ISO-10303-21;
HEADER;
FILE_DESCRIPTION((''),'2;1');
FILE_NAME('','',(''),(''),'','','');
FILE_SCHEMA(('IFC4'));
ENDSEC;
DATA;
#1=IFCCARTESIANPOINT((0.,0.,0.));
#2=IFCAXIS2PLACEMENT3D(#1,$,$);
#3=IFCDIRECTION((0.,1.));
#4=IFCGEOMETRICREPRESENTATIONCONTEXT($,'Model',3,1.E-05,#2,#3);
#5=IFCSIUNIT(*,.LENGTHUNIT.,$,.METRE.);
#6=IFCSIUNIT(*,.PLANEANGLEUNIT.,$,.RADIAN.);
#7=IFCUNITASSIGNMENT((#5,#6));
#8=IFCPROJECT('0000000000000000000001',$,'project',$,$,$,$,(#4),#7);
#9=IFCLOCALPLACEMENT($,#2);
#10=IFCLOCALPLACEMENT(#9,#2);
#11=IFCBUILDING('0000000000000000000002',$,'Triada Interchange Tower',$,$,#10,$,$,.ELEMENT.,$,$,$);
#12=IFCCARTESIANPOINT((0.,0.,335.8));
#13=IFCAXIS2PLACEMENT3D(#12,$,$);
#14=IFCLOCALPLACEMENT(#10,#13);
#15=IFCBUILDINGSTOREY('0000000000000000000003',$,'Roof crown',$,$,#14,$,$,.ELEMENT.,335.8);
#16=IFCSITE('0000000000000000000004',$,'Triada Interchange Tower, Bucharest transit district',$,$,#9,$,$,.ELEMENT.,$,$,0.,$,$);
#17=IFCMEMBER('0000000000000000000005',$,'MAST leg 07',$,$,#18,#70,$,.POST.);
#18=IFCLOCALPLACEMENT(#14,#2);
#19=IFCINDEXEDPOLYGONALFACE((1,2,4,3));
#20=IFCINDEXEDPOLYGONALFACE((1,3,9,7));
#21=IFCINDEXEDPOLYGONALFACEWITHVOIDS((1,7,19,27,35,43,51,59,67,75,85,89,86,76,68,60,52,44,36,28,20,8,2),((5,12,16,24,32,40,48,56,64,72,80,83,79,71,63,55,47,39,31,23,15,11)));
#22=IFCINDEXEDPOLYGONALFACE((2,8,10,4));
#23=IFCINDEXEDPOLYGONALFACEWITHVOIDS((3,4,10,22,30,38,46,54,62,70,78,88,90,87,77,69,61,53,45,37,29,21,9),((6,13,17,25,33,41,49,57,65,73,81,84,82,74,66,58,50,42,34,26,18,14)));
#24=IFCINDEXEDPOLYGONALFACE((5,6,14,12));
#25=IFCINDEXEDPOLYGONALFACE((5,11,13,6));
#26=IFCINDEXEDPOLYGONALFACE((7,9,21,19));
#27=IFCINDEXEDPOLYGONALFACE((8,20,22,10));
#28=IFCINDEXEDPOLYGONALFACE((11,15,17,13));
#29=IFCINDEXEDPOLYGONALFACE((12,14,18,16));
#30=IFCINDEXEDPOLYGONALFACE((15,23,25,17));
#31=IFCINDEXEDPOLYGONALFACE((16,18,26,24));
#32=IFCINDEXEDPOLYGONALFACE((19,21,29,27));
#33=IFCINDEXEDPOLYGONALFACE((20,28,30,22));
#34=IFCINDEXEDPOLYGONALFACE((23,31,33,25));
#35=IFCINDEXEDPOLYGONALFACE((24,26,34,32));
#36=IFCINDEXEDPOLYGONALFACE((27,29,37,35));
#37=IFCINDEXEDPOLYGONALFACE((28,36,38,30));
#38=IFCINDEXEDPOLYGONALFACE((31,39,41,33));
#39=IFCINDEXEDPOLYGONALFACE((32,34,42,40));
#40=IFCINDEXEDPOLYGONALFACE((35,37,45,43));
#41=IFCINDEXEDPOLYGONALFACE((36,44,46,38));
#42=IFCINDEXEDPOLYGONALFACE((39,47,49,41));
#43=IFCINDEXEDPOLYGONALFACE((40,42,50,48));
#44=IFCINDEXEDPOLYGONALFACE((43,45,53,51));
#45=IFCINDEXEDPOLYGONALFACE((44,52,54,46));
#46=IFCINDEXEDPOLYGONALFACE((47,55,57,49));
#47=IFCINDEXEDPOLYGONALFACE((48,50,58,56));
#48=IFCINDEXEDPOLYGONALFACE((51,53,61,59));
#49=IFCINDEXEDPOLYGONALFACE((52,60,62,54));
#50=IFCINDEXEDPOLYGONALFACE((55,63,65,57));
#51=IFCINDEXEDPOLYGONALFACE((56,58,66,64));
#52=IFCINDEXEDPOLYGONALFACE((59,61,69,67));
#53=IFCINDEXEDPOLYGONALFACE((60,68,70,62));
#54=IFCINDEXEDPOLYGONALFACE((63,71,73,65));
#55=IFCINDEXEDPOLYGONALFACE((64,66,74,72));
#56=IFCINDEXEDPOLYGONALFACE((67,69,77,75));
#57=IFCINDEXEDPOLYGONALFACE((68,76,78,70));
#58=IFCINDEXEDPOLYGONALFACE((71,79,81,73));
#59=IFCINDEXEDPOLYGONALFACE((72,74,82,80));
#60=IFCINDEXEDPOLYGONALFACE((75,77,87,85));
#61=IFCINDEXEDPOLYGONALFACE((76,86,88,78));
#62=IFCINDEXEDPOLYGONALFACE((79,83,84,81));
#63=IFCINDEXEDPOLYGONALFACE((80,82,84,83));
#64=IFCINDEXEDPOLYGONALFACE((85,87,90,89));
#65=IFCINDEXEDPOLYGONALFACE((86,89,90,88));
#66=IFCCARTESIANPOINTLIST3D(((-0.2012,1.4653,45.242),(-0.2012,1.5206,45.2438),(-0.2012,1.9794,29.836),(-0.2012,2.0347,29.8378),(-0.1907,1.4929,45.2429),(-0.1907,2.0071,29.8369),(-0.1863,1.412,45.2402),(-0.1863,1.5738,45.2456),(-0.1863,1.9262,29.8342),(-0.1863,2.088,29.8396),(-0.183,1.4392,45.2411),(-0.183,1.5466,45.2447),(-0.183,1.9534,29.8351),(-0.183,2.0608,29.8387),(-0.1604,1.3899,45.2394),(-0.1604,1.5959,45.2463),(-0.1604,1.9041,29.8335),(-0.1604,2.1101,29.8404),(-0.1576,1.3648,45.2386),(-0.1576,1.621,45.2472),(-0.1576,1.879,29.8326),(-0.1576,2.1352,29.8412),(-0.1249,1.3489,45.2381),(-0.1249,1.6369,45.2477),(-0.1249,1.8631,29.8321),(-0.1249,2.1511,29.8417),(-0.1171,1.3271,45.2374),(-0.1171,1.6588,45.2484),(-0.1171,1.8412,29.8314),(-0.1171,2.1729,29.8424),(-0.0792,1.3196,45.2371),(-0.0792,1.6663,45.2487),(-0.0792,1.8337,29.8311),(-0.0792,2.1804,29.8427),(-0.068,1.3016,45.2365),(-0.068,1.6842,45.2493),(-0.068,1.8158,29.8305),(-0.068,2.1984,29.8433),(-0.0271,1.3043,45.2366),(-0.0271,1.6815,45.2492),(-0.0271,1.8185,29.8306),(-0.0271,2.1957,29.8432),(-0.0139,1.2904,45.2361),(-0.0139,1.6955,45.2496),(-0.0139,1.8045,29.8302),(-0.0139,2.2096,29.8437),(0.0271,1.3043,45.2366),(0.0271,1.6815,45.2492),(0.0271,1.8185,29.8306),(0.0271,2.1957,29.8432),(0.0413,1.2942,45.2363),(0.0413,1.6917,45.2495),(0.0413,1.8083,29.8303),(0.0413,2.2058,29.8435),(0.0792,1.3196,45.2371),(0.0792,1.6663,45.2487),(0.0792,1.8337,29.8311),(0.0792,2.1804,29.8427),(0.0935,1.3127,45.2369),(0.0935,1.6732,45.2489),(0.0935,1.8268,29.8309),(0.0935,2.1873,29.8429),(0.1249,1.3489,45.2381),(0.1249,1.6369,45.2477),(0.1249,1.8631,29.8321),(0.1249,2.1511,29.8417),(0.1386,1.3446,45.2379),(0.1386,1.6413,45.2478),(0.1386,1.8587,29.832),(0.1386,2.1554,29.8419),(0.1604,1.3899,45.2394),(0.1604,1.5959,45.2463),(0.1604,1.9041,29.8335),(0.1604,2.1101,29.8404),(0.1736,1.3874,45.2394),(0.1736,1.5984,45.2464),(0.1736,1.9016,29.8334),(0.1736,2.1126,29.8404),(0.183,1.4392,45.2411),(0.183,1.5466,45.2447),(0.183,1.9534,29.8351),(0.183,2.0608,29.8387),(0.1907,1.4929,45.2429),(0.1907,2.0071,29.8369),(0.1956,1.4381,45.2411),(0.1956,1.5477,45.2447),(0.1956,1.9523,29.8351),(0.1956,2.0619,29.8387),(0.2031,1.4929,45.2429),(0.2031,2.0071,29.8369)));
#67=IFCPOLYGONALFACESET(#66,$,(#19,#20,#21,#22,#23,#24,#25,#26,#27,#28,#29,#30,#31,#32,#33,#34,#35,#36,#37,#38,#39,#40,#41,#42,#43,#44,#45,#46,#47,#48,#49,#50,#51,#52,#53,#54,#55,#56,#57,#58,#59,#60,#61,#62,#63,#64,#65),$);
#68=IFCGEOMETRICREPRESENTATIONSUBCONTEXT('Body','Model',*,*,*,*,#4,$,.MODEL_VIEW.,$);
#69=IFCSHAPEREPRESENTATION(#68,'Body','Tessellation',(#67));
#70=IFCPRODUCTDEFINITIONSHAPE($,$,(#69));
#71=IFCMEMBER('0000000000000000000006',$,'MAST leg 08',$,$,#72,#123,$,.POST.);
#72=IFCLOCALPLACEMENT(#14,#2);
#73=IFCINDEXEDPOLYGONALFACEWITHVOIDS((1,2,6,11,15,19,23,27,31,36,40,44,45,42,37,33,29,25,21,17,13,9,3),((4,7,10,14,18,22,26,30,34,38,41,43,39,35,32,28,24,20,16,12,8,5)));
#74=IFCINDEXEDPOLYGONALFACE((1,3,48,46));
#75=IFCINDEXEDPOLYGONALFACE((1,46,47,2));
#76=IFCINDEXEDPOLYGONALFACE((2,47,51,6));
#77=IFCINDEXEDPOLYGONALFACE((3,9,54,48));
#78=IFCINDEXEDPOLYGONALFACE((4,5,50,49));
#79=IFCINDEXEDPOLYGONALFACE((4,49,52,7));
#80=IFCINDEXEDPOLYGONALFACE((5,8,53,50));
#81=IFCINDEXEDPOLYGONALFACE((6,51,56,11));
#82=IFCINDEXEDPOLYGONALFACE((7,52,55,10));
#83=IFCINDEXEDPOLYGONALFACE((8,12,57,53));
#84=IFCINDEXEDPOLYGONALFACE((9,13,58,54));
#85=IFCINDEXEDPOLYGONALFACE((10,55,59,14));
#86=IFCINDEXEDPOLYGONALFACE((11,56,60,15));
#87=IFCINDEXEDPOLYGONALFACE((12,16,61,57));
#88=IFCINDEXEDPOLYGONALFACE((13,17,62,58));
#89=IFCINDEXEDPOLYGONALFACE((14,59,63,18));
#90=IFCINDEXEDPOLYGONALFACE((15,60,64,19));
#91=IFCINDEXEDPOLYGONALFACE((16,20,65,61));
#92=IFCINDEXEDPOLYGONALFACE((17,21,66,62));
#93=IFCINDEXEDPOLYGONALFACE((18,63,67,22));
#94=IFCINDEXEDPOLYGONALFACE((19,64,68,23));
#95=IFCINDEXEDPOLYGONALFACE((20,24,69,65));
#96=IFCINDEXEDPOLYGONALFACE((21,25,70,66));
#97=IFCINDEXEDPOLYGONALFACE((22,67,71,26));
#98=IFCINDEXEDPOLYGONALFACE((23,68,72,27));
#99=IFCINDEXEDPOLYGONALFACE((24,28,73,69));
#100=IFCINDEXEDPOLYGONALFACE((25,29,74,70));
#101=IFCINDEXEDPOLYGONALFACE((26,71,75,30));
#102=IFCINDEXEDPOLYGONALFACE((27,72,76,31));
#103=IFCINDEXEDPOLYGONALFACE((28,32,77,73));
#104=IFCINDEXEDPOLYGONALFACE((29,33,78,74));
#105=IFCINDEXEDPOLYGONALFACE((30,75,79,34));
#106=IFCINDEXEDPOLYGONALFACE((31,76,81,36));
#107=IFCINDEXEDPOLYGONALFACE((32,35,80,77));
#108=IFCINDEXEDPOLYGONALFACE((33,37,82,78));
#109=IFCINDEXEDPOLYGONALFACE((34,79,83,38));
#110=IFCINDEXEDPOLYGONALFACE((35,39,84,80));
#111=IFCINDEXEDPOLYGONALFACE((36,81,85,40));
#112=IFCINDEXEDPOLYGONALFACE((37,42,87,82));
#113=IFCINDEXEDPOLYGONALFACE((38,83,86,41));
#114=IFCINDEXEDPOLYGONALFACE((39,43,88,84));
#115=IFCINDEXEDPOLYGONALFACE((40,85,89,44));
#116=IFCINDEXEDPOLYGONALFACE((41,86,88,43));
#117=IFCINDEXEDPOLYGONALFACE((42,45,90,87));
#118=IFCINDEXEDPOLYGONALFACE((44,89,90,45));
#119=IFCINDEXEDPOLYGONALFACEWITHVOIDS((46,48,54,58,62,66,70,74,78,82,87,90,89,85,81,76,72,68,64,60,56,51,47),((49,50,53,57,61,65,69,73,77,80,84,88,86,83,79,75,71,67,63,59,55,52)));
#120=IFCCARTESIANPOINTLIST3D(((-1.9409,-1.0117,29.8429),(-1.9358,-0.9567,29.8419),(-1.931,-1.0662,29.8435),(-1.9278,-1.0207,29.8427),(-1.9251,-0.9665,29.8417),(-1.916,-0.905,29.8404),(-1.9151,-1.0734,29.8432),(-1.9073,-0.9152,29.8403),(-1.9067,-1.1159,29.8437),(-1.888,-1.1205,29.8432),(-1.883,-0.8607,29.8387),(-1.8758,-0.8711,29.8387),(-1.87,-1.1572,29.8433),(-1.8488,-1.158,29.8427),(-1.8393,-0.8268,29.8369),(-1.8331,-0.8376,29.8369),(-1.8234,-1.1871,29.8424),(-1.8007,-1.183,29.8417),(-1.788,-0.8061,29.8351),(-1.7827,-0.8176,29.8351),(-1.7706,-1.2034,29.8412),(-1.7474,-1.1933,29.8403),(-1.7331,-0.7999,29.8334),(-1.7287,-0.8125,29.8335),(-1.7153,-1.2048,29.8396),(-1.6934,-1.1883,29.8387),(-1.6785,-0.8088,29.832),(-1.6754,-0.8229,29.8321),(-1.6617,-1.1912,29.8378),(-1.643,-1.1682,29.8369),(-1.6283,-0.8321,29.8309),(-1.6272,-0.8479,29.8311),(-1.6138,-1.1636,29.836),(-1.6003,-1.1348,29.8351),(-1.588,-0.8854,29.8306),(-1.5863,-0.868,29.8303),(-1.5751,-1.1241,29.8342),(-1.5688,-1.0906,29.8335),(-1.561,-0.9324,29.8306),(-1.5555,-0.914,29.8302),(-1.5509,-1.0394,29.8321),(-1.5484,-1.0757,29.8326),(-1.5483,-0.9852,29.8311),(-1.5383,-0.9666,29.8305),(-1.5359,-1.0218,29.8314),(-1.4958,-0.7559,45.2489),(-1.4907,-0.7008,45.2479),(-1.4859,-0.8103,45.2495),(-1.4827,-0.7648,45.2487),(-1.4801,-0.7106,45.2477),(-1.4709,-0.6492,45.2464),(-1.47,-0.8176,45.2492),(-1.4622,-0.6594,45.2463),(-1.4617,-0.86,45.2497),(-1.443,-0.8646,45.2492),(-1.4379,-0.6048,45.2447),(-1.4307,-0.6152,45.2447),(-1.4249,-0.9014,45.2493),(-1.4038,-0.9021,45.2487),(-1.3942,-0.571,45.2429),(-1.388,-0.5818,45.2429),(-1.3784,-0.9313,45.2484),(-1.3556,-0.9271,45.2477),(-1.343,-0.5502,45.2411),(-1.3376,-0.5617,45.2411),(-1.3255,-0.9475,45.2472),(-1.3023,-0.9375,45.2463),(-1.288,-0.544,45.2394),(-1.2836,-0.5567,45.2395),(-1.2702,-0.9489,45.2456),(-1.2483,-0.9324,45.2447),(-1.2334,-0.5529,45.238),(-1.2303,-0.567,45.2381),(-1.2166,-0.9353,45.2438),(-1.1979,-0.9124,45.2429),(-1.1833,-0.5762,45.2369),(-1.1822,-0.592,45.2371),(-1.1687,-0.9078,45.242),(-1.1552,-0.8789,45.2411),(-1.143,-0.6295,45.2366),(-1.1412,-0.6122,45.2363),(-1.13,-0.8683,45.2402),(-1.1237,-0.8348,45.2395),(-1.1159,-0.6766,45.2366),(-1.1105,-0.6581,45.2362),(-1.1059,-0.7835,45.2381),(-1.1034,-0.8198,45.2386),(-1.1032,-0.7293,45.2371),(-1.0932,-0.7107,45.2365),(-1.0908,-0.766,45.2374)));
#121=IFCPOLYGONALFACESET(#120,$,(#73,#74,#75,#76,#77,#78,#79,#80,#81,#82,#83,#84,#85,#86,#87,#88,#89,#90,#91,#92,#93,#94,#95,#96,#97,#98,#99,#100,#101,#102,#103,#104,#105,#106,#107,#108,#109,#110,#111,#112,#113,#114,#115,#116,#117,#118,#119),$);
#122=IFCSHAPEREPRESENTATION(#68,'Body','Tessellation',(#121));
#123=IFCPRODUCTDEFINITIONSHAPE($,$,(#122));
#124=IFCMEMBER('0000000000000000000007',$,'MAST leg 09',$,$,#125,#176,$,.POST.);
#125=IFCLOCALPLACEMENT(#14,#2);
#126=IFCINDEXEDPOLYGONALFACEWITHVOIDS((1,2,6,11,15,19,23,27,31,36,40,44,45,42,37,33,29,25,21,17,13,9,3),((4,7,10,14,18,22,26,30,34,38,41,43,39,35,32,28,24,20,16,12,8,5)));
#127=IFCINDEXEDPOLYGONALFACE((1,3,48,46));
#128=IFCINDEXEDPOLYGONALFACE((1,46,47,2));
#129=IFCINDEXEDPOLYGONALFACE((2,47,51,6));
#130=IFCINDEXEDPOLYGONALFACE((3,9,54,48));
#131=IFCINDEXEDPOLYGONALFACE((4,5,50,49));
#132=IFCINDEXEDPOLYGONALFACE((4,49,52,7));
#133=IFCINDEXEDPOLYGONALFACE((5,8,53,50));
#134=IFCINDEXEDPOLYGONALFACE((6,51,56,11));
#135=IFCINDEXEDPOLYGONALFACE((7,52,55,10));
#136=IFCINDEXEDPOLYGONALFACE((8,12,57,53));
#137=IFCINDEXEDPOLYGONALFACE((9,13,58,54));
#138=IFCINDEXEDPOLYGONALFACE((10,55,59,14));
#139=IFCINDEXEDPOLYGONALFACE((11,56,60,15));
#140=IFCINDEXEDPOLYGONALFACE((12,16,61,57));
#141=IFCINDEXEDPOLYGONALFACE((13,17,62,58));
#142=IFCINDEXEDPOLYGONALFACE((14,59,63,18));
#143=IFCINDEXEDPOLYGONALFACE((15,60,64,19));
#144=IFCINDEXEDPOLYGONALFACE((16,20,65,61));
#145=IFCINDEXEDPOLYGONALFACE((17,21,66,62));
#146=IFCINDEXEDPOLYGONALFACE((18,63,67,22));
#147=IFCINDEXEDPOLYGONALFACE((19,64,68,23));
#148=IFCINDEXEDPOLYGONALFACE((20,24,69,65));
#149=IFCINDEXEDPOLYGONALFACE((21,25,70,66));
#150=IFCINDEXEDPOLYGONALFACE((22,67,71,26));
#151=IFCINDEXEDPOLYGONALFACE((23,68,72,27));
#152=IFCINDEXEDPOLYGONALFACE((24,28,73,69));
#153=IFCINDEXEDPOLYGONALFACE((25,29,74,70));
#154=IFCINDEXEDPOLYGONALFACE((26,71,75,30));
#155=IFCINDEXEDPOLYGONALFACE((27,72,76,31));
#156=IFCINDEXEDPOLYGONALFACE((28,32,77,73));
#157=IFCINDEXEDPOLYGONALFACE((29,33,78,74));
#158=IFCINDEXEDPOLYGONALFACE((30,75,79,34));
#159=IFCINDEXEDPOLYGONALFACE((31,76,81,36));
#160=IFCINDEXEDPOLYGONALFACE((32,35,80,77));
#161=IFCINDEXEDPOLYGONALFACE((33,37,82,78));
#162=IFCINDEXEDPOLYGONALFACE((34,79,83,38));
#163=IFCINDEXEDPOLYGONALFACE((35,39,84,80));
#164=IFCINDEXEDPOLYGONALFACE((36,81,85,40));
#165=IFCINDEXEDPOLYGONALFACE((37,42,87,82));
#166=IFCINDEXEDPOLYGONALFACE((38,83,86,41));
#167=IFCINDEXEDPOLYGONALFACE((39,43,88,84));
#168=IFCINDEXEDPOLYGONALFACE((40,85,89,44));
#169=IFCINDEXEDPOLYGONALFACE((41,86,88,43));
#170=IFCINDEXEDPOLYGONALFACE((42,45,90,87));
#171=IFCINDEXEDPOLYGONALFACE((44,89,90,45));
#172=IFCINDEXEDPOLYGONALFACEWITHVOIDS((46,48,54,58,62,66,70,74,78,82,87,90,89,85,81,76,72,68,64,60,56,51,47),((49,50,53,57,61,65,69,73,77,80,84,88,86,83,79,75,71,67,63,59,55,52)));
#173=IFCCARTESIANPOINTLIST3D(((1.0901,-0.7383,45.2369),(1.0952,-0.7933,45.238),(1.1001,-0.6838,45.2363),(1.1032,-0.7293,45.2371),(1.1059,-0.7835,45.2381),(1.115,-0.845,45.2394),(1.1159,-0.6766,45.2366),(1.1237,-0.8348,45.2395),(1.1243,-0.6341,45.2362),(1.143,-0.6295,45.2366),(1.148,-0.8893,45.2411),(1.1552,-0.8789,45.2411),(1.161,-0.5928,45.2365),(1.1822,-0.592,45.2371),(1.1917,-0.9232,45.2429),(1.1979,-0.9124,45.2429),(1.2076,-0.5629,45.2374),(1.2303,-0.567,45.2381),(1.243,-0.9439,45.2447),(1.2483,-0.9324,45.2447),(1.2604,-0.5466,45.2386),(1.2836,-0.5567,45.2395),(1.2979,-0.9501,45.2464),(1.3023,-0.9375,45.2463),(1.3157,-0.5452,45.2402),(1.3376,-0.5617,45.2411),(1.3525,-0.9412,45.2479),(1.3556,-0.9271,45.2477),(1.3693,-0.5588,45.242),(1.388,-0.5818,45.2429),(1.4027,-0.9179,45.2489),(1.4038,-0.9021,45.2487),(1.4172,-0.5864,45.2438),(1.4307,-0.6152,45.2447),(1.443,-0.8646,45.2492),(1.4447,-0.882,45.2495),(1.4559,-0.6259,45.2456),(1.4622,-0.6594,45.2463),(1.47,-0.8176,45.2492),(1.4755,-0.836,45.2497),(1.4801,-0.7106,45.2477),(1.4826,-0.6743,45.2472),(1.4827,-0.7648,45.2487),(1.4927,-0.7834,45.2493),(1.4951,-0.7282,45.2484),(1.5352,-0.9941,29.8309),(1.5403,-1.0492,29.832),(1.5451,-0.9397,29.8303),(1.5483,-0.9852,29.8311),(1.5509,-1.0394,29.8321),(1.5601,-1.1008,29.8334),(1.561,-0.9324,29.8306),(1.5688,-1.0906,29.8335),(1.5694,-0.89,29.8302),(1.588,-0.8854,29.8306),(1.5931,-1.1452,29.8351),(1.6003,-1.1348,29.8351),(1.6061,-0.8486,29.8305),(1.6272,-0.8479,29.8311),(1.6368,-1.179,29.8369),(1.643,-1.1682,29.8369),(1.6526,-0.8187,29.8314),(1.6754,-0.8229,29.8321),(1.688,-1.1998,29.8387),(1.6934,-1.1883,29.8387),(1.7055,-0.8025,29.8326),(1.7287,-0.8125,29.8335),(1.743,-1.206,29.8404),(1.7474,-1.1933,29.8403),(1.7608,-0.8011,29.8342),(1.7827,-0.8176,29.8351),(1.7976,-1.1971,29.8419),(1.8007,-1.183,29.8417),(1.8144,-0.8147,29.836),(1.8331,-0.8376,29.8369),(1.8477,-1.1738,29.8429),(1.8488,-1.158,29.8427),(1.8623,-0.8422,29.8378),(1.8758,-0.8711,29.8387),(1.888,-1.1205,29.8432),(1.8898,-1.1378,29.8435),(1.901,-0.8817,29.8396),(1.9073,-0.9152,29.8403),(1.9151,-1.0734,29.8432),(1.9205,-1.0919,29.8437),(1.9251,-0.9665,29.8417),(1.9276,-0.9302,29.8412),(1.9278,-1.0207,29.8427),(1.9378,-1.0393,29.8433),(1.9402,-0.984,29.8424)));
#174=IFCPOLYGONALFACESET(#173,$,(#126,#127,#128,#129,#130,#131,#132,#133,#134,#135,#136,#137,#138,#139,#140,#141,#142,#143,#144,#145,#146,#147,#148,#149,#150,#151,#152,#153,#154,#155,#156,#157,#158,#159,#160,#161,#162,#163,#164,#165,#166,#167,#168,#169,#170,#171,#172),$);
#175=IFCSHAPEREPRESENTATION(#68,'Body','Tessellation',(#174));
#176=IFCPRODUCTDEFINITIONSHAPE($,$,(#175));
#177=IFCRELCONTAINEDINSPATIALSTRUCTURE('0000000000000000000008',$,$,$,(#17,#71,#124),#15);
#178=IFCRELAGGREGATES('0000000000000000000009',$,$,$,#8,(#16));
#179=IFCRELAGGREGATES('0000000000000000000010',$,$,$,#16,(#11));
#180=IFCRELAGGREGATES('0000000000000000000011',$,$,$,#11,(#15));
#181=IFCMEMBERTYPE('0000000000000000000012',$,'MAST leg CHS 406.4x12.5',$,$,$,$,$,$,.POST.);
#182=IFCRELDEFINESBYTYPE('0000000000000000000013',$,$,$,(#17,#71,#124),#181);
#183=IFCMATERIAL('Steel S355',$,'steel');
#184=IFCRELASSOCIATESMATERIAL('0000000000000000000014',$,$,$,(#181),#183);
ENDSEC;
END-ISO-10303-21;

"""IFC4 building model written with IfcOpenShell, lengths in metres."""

from ifc_helpers import new_model, si_unit, direction, frame, origin, origin_2d, place, context, subcontext, project, spatial, hollow_circle, extrude, material, material_profile, profile_set, type_object, element, save


model = new_model("IFC4")

# Units and contexts
model_context = context("Model", 3, precision=1e-05, world=origin(), true_north=direction((0.0, 1.0)))
body_context = subcontext(model_context, "Body", "Model", "MODEL_VIEW")
ifc_project = project(units=[si_unit("LENGTHUNIT", "METRE"), si_unit("PLANEANGLEUNIT", "RADIAN")], contexts=[model_context])

# Site, building, storey
site_placement = place(None, origin())
site = spatial("IfcSite", under=ifc_project, at=site_placement, Name="Triada Interchange Tower, Bucharest transit district", CompositionType="ELEMENT", RefElevation=0.0)
building_placement = place(site_placement, origin())
building = spatial("IfcBuilding", under=site, at=building_placement, Name="Triada Interchange Tower", CompositionType="ELEMENT")
storey_placement = place(building_placement, frame((0.0, 0.0, 335.8)))
storey = spatial("IfcBuildingStorey", under=building, at=storey_placement, Name="Roof crown", CompositionType="ELEMENT", Elevation=335.8)

# Members
ifc_material = material(Name="Steel S355", Category="steel")
ifc_material_profile_1 = material_profile(ifc_material, hollow_circle(Radius=0.2031, WallThickness=0.0125, at=origin_2d()), Name="CHS 406.4x12.5")
ifc_profile_set_1 = profile_set([ifc_material_profile_1], Name="Steel S355")
member_type_1 = type_object("IfcMemberType", Name="MAST leg CHS 406.4x12.5", PredefinedType="POST", material=ifc_profile_set_1)
for number, where, z_axis, x_axis, name in (
    (1, (0.0, 2.0071, 29.8369), (0.0, -0.033355, 0.999444), (1.0, 0.0, 0.0), "MAST leg 07"),
    (2, (-1.738, -1.0029, 29.8369), (0.028873, 0.016599, 0.999445), (-0.498391, 0.866953, 0.0), "MAST leg 08"),
    (3, (1.738, -1.0029, 29.8369), (-0.028873, 0.016599, 0.999445), (-0.498391, -0.866953, 0.0), "MAST leg 09"),
):
    element("IfcMember", number, at=place(storey_placement, frame(where, z_axis=z_axis, x_axis=x_axis)), inside=storey, type_object=member_type_1, Name=name, PredefinedType="POST", context=body_context, shape_type="SweptSolid", body=[
        extrude(hollow_circle(Radius=0.2031, WallThickness=0.0125, at=origin_2d()), origin(), (0.0, 0.0, 1.0), 15.4146),
    ])

save(model, "model.ifc")
